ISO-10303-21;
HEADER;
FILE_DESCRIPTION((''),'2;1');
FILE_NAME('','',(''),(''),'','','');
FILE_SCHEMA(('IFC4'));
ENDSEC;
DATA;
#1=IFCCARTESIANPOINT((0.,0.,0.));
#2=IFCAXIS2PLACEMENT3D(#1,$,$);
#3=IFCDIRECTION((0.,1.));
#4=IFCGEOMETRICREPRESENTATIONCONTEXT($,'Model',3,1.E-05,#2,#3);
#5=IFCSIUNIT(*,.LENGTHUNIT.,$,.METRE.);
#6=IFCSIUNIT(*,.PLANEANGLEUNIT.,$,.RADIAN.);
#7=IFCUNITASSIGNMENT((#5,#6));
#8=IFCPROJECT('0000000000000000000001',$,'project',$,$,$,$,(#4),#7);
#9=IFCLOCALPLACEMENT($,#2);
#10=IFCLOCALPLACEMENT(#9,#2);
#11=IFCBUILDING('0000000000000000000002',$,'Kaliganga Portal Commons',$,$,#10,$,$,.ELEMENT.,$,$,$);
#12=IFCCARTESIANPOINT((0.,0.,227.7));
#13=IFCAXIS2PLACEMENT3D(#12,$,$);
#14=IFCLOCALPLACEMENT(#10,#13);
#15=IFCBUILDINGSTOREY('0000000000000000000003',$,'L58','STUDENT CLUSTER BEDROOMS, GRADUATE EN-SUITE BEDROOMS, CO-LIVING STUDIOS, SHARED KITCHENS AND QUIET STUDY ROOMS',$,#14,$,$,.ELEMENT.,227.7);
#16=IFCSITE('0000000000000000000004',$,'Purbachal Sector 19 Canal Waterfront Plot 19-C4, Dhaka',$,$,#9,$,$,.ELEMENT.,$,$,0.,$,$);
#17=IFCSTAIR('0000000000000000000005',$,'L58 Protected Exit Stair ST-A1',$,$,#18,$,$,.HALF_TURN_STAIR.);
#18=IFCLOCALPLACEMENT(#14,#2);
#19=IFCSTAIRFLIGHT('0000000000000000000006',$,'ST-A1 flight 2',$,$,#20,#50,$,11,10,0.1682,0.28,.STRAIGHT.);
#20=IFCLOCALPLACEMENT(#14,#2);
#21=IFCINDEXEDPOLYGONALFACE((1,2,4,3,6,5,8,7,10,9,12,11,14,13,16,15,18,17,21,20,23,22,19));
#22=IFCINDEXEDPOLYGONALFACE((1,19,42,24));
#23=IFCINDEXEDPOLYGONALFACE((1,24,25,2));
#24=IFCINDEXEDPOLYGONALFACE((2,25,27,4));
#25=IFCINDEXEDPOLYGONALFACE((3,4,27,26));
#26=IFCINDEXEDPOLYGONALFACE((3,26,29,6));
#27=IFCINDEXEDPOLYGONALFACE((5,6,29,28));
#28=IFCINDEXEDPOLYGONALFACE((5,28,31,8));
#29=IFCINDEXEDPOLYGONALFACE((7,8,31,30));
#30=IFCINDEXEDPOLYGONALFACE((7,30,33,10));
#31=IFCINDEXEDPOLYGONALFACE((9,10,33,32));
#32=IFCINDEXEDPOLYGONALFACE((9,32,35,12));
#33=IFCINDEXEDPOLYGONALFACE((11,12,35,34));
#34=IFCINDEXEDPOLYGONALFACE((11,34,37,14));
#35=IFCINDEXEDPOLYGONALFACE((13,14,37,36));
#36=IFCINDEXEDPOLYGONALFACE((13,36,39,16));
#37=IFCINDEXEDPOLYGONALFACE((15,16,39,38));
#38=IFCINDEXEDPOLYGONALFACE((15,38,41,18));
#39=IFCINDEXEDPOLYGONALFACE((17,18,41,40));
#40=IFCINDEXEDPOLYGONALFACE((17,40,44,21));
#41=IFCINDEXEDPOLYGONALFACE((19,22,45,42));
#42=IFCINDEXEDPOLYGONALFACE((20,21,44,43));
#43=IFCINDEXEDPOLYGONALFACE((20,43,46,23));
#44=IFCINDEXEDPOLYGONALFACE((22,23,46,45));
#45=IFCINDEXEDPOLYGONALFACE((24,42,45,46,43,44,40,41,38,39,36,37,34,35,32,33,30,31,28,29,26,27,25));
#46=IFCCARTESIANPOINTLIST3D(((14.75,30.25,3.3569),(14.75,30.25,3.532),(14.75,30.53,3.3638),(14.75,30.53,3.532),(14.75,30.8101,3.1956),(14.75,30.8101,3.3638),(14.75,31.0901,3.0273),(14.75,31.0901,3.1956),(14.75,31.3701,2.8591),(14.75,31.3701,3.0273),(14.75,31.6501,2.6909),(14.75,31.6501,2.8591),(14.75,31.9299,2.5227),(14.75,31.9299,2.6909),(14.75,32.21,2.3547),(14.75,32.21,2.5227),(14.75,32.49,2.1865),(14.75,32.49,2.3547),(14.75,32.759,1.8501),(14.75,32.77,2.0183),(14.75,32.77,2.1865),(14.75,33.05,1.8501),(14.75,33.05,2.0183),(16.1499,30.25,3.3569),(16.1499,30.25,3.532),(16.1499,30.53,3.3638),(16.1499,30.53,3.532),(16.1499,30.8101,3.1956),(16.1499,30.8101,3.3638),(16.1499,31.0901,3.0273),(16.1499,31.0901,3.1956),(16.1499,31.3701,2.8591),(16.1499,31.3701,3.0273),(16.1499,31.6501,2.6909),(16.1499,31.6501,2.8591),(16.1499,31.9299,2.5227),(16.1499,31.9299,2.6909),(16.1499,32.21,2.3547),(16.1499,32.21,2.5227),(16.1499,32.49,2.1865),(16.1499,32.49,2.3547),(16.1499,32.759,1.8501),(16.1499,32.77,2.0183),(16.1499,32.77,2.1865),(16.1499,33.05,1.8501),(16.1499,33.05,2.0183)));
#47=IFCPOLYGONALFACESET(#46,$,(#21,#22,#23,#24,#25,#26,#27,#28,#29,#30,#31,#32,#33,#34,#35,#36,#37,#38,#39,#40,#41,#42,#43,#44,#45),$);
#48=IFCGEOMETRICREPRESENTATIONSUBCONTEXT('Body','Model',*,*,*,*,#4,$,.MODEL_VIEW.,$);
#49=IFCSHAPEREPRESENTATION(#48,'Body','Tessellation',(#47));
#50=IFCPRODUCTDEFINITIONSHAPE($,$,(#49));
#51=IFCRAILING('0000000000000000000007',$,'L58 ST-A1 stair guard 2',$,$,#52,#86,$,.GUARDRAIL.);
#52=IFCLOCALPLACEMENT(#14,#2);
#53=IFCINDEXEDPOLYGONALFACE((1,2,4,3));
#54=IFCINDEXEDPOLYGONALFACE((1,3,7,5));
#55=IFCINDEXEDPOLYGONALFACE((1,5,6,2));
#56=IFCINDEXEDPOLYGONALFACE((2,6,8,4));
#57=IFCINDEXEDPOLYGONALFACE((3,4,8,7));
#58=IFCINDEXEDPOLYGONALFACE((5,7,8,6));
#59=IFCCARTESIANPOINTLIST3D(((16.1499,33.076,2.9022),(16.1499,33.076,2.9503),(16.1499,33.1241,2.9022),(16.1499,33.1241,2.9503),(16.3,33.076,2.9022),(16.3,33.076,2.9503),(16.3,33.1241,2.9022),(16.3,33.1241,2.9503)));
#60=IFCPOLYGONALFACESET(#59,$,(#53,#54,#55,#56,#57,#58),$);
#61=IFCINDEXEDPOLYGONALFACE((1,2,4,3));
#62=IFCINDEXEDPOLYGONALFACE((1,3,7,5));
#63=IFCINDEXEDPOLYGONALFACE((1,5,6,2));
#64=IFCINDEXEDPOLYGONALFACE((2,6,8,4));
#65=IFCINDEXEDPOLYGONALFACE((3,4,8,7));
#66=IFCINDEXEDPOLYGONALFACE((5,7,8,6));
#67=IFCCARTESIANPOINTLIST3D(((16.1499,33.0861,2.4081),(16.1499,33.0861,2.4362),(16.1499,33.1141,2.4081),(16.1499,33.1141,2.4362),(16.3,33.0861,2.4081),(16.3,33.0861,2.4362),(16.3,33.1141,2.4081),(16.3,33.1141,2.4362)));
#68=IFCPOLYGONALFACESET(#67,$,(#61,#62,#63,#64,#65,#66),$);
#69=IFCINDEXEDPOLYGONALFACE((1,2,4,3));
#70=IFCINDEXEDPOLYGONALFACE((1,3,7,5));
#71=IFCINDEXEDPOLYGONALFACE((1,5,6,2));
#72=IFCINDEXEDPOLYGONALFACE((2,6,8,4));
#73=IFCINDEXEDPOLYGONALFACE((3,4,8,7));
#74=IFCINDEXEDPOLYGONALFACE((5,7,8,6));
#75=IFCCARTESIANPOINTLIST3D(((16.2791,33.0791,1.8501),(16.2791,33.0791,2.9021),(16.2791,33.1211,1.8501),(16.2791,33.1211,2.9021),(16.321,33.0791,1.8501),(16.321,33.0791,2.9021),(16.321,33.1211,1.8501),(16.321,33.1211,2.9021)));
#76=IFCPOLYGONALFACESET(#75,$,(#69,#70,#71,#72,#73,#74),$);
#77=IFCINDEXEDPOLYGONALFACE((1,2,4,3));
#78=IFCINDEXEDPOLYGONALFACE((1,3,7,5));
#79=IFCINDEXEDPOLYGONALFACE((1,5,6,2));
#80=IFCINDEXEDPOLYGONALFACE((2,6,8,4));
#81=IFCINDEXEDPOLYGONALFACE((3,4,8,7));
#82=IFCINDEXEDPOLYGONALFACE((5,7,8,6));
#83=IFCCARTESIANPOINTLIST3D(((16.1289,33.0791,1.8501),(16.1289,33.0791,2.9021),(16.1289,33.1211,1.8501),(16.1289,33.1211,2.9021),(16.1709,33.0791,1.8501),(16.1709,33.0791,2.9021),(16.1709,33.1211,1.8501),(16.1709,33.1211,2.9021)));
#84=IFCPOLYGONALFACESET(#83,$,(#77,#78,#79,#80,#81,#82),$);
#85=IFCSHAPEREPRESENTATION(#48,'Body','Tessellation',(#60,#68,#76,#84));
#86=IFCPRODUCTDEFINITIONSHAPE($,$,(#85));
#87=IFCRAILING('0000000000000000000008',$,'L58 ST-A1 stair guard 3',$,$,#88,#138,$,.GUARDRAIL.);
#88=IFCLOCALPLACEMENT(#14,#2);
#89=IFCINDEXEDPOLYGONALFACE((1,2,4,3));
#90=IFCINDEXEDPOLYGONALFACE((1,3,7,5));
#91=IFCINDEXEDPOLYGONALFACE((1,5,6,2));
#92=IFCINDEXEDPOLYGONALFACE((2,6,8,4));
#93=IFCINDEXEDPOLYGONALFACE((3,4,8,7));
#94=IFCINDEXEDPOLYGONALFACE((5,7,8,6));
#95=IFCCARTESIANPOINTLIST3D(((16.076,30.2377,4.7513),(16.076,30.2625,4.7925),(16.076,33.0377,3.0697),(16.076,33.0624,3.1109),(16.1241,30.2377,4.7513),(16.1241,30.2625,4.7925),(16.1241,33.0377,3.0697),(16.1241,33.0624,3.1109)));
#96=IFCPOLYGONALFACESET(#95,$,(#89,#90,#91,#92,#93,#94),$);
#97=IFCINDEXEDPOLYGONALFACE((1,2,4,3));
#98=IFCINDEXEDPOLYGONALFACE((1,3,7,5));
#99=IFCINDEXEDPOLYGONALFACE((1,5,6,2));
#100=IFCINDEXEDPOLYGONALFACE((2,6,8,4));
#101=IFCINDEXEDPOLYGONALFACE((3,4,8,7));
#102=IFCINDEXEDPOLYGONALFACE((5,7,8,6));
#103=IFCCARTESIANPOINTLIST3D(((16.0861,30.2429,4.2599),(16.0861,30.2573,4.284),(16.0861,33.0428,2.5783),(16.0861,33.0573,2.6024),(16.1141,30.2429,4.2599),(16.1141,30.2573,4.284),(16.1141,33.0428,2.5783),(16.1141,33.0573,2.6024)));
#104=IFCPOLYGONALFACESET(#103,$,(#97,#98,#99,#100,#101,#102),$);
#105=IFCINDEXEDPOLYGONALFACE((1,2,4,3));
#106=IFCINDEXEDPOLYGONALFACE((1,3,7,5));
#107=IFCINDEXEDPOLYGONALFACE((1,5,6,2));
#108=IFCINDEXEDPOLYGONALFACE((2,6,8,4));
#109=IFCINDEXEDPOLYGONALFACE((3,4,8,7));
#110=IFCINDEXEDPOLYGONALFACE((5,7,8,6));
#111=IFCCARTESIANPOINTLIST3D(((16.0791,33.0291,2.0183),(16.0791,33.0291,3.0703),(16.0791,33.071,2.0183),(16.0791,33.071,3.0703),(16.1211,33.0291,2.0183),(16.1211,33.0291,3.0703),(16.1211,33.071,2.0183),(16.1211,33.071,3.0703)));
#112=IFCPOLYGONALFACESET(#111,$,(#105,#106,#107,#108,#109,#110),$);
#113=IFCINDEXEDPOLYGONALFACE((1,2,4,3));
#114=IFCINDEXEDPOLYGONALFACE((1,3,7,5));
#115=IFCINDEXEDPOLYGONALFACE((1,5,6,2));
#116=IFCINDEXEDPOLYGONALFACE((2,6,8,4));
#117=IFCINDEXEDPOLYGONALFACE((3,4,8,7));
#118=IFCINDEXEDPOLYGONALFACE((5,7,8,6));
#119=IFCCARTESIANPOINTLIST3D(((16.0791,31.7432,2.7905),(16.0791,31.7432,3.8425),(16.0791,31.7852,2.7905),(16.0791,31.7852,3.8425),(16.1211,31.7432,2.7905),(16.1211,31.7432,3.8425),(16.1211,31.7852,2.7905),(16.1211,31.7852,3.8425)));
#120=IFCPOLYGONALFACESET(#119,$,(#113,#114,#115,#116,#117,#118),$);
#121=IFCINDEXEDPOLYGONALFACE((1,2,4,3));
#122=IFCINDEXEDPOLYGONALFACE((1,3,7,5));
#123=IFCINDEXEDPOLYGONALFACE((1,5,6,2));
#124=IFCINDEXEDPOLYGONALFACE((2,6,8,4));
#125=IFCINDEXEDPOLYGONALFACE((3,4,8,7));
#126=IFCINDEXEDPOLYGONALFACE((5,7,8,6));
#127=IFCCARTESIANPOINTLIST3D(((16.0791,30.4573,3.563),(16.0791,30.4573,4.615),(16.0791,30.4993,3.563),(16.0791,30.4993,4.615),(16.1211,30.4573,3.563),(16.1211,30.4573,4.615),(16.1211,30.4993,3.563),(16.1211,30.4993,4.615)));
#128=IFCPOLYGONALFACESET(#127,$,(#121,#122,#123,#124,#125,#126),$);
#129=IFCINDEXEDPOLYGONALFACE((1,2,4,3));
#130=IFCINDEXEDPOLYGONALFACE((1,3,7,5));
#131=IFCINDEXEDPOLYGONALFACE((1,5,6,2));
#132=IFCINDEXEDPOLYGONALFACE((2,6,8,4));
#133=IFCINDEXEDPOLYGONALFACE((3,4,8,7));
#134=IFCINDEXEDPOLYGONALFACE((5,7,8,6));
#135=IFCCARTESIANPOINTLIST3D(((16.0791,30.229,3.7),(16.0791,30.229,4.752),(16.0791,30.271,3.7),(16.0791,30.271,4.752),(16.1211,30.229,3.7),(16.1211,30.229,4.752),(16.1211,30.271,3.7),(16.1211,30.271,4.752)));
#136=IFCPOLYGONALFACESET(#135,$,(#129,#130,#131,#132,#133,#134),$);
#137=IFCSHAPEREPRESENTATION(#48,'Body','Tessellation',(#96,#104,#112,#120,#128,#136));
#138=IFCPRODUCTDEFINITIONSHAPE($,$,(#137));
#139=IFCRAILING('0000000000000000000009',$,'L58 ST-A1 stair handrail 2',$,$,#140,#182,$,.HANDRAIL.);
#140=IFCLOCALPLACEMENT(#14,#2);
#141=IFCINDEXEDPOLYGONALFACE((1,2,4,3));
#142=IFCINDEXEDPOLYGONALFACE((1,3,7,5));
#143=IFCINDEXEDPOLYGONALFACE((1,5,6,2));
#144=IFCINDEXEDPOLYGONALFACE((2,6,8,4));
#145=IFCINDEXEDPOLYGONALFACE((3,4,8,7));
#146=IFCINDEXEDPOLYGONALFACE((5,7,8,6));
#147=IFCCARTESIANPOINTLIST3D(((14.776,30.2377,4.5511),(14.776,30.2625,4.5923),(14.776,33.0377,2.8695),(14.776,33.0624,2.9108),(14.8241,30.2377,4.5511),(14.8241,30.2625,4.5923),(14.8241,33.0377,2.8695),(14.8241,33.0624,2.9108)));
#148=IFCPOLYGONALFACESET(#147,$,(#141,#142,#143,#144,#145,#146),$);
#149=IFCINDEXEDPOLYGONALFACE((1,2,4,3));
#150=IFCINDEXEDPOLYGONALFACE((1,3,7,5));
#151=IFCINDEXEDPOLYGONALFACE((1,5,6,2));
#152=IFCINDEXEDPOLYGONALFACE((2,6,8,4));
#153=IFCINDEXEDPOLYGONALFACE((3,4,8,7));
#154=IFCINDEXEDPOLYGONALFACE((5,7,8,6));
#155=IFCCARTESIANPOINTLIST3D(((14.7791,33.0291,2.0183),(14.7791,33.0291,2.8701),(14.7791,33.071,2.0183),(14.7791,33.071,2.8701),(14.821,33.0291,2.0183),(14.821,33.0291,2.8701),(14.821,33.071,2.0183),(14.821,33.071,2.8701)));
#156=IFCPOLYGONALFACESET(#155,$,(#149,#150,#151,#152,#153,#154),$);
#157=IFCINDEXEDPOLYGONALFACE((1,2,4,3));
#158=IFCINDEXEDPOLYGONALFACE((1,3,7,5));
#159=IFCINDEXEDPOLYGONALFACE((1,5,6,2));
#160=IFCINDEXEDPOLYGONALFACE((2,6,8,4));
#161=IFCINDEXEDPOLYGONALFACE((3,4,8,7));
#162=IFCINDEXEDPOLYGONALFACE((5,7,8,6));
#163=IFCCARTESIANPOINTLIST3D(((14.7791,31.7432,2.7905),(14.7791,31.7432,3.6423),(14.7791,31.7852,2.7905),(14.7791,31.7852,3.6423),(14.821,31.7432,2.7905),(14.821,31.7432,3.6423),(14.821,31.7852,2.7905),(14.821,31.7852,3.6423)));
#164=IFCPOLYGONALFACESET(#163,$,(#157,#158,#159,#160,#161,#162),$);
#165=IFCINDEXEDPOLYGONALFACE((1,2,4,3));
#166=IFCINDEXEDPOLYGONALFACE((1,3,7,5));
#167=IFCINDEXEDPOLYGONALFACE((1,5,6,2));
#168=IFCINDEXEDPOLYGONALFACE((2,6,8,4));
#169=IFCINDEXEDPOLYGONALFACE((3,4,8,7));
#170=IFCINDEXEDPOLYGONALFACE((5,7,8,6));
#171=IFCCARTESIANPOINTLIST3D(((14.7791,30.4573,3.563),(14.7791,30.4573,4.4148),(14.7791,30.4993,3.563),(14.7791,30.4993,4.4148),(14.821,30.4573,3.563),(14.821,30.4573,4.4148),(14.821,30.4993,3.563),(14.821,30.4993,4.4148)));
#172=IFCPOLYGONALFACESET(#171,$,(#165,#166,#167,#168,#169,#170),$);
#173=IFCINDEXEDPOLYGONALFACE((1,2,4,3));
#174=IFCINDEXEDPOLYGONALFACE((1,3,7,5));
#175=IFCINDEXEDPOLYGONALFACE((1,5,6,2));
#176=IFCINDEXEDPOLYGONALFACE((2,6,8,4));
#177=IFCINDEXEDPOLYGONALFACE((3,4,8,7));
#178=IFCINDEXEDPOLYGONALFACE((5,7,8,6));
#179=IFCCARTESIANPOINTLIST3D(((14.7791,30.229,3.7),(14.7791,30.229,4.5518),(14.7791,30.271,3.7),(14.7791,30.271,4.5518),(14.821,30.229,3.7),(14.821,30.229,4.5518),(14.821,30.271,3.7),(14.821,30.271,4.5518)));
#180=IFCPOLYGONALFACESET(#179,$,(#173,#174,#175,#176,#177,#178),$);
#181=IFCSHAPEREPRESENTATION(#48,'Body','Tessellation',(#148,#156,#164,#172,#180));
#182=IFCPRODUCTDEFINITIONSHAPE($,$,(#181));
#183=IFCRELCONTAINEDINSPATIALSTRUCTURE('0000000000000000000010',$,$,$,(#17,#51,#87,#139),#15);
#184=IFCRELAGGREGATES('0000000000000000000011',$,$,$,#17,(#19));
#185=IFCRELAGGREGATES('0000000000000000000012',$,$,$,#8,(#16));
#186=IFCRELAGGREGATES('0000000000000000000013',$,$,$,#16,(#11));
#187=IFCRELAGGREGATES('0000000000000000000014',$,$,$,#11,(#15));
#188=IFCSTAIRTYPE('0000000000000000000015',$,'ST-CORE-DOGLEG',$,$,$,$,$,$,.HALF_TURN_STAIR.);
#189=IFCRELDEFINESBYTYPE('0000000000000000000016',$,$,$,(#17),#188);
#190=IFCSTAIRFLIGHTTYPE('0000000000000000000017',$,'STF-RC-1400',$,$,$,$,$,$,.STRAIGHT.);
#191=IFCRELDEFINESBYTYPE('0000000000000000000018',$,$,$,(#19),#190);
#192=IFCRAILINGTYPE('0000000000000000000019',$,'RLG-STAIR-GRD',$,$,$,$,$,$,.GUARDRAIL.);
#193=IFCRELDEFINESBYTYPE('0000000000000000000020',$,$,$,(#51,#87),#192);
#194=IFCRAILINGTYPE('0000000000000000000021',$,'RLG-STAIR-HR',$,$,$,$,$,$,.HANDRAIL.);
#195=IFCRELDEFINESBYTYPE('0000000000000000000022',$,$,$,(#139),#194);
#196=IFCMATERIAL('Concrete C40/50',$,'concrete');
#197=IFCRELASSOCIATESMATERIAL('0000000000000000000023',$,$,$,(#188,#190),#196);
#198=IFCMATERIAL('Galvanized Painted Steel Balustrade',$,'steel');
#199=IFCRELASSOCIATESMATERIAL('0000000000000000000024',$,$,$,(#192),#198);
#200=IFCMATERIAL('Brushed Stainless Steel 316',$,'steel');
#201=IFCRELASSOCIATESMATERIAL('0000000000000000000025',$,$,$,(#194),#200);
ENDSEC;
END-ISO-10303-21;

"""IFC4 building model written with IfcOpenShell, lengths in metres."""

from ifc_helpers import new_model, si_unit, direction, frame, origin, origin_2d, place, context, subcontext, project, spatial, polyline, rectangle, outline, extrude, material, type_object, element, aggregate, save


model = new_model("IFC4")

# Units and contexts
model_context = context("Model", 3, precision=1e-05, world=origin(), true_north=direction((0.0, 1.0)))
body_context = subcontext(model_context, "Body", "Model", "MODEL_VIEW")
ifc_project = project(units=[si_unit("LENGTHUNIT", "METRE"), si_unit("PLANEANGLEUNIT", "RADIAN")], contexts=[model_context])

# Site, building, storey
site_placement = place(None, origin())
site = spatial("IfcSite", under=ifc_project, at=site_placement, Name="Purbachal Sector 19 Canal Waterfront Plot 19-C4, Dhaka", CompositionType="ELEMENT", RefElevation=0.0)
building_placement = place(site_placement, origin())
building = spatial("IfcBuilding", under=site, at=building_placement, Name="Kaliganga Portal Commons", CompositionType="ELEMENT")
storey_placement = place(building_placement, frame((0.0, 0.0, 227.7)))
storey = spatial("IfcBuildingStorey", under=building, at=storey_placement, Name="L58", Description="STUDENT CLUSTER BEDROOMS, GRADUATE EN-SUITE BEDROOMS, CO-LIVING STUDIOS, SHARED KITCHENS AND QUIET STUDY ROOMS", CompositionType="ELEMENT", Elevation=227.7)

# Stair, stair flight
ifc_material_1 = material(Name="Concrete C40/50", Category="concrete")
stair_type = type_object("IfcStairType", Name="ST-CORE-DOGLEG", PredefinedType="HALF_TURN_STAIR", material=ifc_material_1)
stair_placement = place(storey_placement, origin())
stair = element("IfcStair", 1, at=stair_placement, inside=storey, type_object=stair_type, Name="L58 Protected Exit Stair ST-A1", PredefinedType="HALF_TURN_STAIR")
stair_flight_type = type_object("IfcStairFlightType", Name="STF-RC-1400", PredefinedType="STRAIGHT", material=ifc_material_1)
stair_flight_placement = place(storey_placement, frame((15.45, 33.05, 1.8501), z_axis=(0.0, 0.0, 1.0), x_axis=(0.0, -1.0, 0.0)))
stair_flight = element("IfcStairFlight", 2, at=stair_flight_placement, type_object=stair_flight_type, Name="ST-A1 flight 2", NumberOfRisers=11, NumberOfTreads=10, PredefinedType="STRAIGHT", RiserHeight=0.1682, TreadLength=0.28, context=body_context, shape_type="SweptSolid", body=[
    extrude(outline(polyline([(0.0, 0.0), (0.0, 0.1682), (0.28, 0.1682), (0.28, 0.3364), (0.5601, 0.3364), (0.5601, 0.5046), (0.8401, 0.5046), (0.8401, 0.6726), (1.1201, 0.6726), (1.1201, 0.8408), (1.3999, 0.8408), (1.3999, 1.009), (1.6799, 1.009), (1.6799, 1.1772), (1.96, 1.1772), (1.96, 1.3455), (2.24, 1.3455), (2.24, 1.5137), (2.52, 1.5137), (2.52, 1.6819), (2.8, 1.6819), (2.8, 1.8501), (2.8, 1.5068), (0.291, 0.0), (0.0, 0.0)])), frame((0.0, 0.7, 0.0), z_axis=(0.0, -1.0, 0.0), x_axis=(1.0, 0.0, 0.0)), (0.0, 0.0, 1.0), 1.3999),
])
aggregate(stair, [stair_flight])

# Railings
ifc_material_2 = material(Name="Galvanized Painted Steel Balustrade", Category="steel")
railing_type_1 = type_object("IfcRailingType", Name="RLG-STAIR-GRD", PredefinedType="GUARDRAIL", material=ifc_material_2)
railing_1_placement = place(storey_placement, frame((16.3, 33.1001, 1.8501)))
element("IfcRailing", 3, at=railing_1_placement, inside=storey, type_object=railing_type_1, Name="L58 ST-A1 stair guard 2", PredefinedType="GUARDRAIL", context=body_context, shape_type="SweptSolid", body=[
    extrude(rectangle(XDim=0.0481, YDim=0.0481, at=origin_2d()), frame((0.0, 0.0, 1.0762), z_axis=(-1.0, 0.0, 0.0), x_axis=(0.0, -1.0, 0.0)), (0.0, 0.0, 1.0), 0.1501),
    extrude(rectangle(XDim=0.0281, YDim=0.0281, at=origin_2d()), frame((0.0, 0.0, 0.572), z_axis=(-1.0, 0.0, 0.0), x_axis=(0.0, -1.0, 0.0)), (0.0, 0.0, 1.0), 0.1501),
    extrude(rectangle(XDim=0.042, YDim=0.042, at=origin_2d()), origin(), (0.0, 0.0, 1.0), 1.052),
    extrude(rectangle(XDim=0.042, YDim=0.042, at=origin_2d()), frame((-0.1501, 0.0, 0.0)), (0.0, 0.0, 1.0), 1.052),
])
railing_2_placement = place(storey_placement, frame((16.1001, 33.05, 2.0183)))
element("IfcRailing", 4, at=railing_2_placement, inside=storey, type_object=railing_type_1, Name="L58 ST-A1 stair guard 3", PredefinedType="GUARDRAIL", context=body_context, shape_type="SweptSolid", body=[
    extrude(rectangle(XDim=0.0481, YDim=0.0481, at=origin_2d()), frame((0.0, 0.0, 1.072), z_axis=(0.0, -0.857275, 0.514858), x_axis=(1.0, 0.0, 0.0)), (0.0, 0.0, 1.0), 3.2661),
    extrude(rectangle(XDim=0.0281, YDim=0.0281, at=origin_2d()), frame((0.0, 0.0, 0.572), z_axis=(0.0, -0.857275, 0.514858), x_axis=(1.0, 0.0, 0.0)), (0.0, 0.0, 1.0), 3.2661),
    extrude(rectangle(XDim=0.042, YDim=0.042, at=origin_2d()), origin(), (0.0, 0.0, 1.0), 1.052),
    extrude(rectangle(XDim=0.042, YDim=0.042, at=origin_2d()), frame((0.0, -1.2859, 0.7722)), (0.0, 0.0, 1.0), 1.052),
    extrude(rectangle(XDim=0.042, YDim=0.042, at=origin_2d()), frame((0.0, -2.5718, 1.5447)), (0.0, 0.0, 1.0), 1.052),
    extrude(rectangle(XDim=0.042, YDim=0.042, at=origin_2d()), frame((0.0, -2.8, 1.6816)), (0.0, 0.0, 1.0), 1.052),
])
ifc_material_3 = material(Name="Brushed Stainless Steel 316", Category="steel")
railing_type_2 = type_object("IfcRailingType", Name="RLG-STAIR-HR", PredefinedType="HANDRAIL", material=ifc_material_3)
railing_3_placement = place(storey_placement, frame((14.8, 33.05, 2.0183)))
element("IfcRailing", 5, at=railing_3_placement, inside=storey, type_object=railing_type_2, Name="L58 ST-A1 stair handrail 2", PredefinedType="HANDRAIL", context=body_context, shape_type="SweptSolid", body=[
    extrude(rectangle(XDim=0.0481, YDim=0.0481, at=origin_2d()), frame((0.0, 0.0, 0.8718), z_axis=(0.0, -0.857275, 0.514858), x_axis=(1.0, 0.0, 0.0)), (0.0, 0.0, 1.0), 3.2661),
    extrude(rectangle(XDim=0.042, YDim=0.042, at=origin_2d()), origin(), (0.0, 0.0, 1.0), 0.8518),
    extrude(rectangle(XDim=0.042, YDim=0.042, at=origin_2d()), frame((0.0, -1.2859, 0.7722)), (0.0, 0.0, 1.0), 0.8518),
    extrude(rectangle(XDim=0.042, YDim=0.042, at=origin_2d()), frame((0.0, -2.5718, 1.5447)), (0.0, 0.0, 1.0), 0.8518),
    extrude(rectangle(XDim=0.042, YDim=0.042, at=origin_2d()), frame((0.0, -2.8, 1.6816)), (0.0, 0.0, 1.0), 0.8518),
])

save(model, "model.ifc")
